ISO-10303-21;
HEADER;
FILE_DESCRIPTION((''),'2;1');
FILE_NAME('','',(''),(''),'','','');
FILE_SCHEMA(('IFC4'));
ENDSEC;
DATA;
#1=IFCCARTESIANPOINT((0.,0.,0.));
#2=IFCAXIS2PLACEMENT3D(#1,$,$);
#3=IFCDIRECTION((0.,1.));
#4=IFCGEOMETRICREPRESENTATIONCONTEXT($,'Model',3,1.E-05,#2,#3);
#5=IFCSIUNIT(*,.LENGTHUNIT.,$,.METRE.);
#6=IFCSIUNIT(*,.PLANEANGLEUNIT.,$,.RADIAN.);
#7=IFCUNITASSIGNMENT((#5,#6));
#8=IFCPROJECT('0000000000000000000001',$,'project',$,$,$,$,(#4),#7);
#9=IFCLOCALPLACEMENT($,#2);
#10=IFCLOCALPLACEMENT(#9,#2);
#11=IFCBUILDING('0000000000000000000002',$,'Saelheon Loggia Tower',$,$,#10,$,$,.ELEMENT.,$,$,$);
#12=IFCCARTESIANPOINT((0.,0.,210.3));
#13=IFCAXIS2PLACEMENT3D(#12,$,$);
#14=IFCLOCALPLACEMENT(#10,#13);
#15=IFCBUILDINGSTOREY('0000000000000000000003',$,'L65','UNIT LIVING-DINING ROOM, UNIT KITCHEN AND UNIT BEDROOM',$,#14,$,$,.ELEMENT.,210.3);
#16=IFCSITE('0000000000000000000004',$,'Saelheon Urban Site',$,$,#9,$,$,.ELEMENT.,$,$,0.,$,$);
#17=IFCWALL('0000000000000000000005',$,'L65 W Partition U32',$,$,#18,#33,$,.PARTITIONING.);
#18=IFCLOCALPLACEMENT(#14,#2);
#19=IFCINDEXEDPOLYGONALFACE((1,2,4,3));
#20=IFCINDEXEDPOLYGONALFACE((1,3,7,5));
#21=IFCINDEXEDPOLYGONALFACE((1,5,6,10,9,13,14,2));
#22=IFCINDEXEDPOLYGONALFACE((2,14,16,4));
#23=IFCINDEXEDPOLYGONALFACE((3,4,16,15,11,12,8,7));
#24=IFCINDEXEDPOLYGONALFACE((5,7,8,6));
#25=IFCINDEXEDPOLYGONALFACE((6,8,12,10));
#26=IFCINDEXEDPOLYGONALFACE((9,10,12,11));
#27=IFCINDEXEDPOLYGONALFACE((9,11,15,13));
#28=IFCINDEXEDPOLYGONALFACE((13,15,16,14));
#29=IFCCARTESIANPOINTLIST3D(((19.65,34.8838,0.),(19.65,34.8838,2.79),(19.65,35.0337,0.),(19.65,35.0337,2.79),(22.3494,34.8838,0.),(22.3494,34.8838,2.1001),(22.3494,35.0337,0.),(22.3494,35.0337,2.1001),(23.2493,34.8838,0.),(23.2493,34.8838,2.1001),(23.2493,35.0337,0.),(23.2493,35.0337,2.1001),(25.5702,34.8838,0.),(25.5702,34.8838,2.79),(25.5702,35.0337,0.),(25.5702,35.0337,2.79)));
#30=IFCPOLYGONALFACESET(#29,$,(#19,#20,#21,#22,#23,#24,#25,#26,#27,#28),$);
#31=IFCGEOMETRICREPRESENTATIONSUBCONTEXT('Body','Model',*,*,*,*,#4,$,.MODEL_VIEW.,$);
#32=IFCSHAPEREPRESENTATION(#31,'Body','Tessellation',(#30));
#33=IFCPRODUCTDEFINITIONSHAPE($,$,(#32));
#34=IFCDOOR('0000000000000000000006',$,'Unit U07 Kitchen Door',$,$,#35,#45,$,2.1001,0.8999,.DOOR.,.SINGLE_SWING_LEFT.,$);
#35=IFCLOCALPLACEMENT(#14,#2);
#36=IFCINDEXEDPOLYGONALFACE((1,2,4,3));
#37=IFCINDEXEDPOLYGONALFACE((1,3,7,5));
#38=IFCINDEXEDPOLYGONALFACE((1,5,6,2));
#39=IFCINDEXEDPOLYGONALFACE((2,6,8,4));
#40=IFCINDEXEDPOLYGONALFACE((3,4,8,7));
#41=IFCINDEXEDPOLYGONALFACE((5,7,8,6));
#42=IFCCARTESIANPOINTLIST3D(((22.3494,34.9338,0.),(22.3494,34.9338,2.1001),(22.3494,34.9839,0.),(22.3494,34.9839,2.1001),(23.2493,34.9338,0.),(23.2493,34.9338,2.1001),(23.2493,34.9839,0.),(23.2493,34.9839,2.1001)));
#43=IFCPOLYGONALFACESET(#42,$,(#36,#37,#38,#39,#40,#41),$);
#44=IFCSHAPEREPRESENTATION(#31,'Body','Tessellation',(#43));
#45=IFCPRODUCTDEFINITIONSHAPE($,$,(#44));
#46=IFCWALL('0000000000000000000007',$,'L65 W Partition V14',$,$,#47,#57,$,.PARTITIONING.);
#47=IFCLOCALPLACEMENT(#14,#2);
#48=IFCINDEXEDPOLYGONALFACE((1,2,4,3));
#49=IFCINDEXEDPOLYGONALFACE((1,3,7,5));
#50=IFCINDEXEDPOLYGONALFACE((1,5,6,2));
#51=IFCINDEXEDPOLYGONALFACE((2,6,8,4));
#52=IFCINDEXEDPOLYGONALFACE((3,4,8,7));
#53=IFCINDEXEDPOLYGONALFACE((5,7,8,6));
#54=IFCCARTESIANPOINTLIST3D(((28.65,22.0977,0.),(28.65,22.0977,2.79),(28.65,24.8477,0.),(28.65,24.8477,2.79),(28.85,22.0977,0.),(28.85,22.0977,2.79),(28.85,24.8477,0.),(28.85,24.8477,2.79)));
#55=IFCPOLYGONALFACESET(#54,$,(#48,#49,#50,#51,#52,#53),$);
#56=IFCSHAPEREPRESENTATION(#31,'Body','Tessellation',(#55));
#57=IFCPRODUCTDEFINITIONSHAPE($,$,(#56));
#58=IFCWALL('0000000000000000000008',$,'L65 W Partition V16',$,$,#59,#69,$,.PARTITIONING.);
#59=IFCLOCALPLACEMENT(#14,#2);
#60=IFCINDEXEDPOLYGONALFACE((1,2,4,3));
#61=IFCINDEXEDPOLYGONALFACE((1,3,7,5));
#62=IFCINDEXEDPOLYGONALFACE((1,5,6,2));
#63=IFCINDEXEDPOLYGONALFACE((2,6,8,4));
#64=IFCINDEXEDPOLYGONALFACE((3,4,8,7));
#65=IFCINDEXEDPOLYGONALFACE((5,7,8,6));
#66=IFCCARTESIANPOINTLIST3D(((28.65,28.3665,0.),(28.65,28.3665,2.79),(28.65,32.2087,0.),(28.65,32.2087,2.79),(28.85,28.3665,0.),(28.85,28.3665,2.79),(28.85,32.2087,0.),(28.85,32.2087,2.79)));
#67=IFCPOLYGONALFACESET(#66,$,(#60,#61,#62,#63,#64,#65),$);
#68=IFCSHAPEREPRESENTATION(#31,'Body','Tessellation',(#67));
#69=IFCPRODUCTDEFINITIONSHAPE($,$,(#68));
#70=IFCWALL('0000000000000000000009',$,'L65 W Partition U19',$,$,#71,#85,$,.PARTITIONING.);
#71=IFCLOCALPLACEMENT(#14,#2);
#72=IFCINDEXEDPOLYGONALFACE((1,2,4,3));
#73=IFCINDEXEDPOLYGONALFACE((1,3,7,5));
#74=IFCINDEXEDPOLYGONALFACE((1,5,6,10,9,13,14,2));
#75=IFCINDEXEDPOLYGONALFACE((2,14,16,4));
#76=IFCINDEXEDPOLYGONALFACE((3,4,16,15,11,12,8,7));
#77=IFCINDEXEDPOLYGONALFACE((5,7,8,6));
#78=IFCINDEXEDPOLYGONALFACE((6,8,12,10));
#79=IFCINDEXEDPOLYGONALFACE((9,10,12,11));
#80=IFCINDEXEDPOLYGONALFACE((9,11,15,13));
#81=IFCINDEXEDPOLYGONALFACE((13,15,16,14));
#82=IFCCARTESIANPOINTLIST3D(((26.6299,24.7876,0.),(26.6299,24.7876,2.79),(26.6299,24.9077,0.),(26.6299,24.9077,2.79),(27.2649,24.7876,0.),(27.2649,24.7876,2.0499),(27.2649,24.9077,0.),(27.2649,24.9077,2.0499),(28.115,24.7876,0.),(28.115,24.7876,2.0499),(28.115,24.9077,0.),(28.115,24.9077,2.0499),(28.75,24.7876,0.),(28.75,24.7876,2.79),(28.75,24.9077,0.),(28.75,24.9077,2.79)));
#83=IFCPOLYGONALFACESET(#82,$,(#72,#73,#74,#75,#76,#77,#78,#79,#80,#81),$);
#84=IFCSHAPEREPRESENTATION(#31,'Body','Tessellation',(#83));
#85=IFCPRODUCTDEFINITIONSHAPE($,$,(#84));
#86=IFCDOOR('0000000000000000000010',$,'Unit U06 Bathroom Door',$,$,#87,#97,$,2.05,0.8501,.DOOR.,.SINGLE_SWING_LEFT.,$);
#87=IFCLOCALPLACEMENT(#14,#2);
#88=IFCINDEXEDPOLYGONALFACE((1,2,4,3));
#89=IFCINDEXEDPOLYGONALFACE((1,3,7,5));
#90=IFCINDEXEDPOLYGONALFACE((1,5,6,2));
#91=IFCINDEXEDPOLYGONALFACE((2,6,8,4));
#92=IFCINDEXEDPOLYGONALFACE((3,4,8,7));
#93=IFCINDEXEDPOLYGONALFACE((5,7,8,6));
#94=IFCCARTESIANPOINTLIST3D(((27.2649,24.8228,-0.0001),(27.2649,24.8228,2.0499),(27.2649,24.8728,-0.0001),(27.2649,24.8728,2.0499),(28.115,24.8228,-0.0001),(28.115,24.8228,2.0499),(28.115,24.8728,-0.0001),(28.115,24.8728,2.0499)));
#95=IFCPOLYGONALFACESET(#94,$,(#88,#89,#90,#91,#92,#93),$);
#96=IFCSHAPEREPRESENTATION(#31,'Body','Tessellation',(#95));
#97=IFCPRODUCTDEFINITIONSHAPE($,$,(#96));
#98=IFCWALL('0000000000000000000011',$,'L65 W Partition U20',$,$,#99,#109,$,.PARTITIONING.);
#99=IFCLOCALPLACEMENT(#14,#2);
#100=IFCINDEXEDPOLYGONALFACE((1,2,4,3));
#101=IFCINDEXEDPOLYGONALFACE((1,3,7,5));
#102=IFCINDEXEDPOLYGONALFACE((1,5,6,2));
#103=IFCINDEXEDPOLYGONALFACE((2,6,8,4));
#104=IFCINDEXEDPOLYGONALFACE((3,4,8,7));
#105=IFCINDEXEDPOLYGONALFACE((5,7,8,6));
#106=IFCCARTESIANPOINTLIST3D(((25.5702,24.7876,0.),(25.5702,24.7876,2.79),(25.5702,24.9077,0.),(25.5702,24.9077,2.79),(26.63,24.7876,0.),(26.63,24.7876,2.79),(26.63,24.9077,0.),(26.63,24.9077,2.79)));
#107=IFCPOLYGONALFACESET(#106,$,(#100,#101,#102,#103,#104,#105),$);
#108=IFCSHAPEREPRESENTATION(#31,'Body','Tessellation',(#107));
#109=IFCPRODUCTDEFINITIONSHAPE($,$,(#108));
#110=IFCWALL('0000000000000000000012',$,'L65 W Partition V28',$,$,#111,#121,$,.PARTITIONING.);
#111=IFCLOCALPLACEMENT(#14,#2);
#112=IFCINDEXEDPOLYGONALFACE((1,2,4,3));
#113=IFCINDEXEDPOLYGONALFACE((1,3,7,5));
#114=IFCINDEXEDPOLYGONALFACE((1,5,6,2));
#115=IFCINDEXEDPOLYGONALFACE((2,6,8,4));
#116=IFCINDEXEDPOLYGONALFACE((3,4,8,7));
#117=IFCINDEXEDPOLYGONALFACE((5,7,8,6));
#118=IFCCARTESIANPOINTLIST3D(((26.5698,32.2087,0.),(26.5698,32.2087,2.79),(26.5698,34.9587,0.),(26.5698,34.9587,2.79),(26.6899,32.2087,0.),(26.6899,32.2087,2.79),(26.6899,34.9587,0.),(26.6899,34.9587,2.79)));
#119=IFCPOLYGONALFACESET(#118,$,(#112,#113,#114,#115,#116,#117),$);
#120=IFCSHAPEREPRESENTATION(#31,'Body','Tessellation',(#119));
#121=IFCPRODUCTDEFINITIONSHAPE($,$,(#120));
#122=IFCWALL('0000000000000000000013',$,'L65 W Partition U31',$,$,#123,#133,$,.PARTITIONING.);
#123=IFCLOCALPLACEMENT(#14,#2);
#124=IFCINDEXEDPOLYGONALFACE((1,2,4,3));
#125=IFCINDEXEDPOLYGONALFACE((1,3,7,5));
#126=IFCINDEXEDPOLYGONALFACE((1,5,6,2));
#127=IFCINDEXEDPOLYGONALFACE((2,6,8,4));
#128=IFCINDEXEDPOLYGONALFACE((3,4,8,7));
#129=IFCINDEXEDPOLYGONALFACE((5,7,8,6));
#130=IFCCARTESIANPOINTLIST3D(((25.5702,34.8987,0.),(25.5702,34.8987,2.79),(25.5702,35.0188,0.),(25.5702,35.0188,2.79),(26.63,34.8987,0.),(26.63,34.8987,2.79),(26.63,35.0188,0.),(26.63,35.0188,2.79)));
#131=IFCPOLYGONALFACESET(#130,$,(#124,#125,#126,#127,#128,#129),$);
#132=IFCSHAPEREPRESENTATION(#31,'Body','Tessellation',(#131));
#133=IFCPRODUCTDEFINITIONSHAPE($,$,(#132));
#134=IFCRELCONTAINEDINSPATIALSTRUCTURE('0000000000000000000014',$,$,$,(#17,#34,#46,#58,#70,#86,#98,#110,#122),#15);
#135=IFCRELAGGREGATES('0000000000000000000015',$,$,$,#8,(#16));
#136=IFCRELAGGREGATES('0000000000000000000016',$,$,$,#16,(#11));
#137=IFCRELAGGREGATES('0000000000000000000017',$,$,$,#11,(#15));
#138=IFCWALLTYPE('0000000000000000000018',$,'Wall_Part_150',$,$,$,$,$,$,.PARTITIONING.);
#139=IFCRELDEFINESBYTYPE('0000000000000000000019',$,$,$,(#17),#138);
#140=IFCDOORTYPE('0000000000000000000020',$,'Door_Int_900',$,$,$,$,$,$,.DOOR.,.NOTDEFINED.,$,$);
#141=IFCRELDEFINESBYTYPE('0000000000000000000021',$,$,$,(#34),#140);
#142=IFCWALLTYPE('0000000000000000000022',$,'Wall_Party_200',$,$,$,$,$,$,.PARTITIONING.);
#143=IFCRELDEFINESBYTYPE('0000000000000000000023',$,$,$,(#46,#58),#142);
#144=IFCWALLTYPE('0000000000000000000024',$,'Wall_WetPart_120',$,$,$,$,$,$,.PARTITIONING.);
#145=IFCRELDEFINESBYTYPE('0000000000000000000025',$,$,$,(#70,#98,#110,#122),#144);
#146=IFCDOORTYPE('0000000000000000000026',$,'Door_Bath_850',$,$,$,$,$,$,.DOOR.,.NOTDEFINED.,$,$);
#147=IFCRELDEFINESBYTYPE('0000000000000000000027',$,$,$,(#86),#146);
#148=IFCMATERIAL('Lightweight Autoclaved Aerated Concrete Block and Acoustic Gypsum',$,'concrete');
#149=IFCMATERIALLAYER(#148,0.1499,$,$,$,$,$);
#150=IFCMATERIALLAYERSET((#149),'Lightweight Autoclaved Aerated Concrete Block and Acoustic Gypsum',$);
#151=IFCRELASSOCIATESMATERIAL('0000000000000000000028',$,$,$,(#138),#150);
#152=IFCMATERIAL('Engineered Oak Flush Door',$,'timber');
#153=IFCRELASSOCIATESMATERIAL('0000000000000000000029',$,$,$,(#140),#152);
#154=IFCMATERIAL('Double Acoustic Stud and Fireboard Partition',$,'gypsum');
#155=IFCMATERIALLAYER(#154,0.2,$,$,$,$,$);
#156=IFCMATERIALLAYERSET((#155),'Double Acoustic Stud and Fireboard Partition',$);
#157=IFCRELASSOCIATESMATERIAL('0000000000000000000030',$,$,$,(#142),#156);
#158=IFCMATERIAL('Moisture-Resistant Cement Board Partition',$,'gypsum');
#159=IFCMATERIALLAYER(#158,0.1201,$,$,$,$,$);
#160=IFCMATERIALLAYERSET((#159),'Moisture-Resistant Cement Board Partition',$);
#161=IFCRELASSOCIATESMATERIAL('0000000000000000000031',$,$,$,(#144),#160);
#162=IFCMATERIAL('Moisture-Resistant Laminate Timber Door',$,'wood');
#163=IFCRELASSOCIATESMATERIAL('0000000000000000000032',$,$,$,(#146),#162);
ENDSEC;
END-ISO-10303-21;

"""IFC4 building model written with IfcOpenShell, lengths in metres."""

from ifc_helpers import new_model, si_unit, direction, frame, frame_2d, origin, place, context, subcontext, project, spatial, rectangle, extrude, source, transform, mapped, material, layer, layer_set, type_object, element, fill, save


model = new_model("IFC4")

# Units and contexts
model_context = context("Model", 3, precision=1e-05, world=origin(), true_north=direction((0.0, 1.0)))
body_context = subcontext(model_context, "Body", "Model", "MODEL_VIEW")
ifc_project = project(units=[si_unit("LENGTHUNIT", "METRE"), si_unit("PLANEANGLEUNIT", "RADIAN")], contexts=[model_context])

# Site, building, storey
site_placement = place(None, origin())
site = spatial("IfcSite", under=ifc_project, at=site_placement, Name="Saelheon Urban Site", CompositionType="ELEMENT", RefElevation=0.0)
building_placement = place(site_placement, origin())
building = spatial("IfcBuilding", under=site, at=building_placement, Name="Saelheon Loggia Tower", CompositionType="ELEMENT")
storey_placement = place(building_placement, frame((0.0, 0.0, 210.3)))
storey = spatial("IfcBuildingStorey", under=building, at=storey_placement, Name="L65", Description="UNIT LIVING-DINING ROOM, UNIT KITCHEN AND UNIT BEDROOM", CompositionType="ELEMENT", Elevation=210.3)

# Shared definitions
ifc_material_1 = material(Name="Lightweight Autoclaved Aerated Concrete Block and Acoustic Gypsum", Category="concrete")
ifc_layer_1 = layer(ifc_material_1, 0.1499)
ifc_layer_set_1 = layer_set([ifc_layer_1], Name="Lightweight Autoclaved Aerated Concrete Block and Acoustic Gypsum")
wall_type_1 = type_object("IfcWallType", Name="Wall_Part_150", PredefinedType="PARTITIONING", material=ifc_layer_set_1)

# Wall, opening, door
ifc_material_2 = material(Name="Engineered Oak Flush Door", Category="timber")
door_type_1 = type_object("IfcDoorType", Name="Door_Int_900", OperationType="NOTDEFINED", PredefinedType="DOOR", material=ifc_material_2)
shared_shape_1 = source(origin(), body_context, "Body", "SweptSolid", [
    extrude(rectangle(XDim=0.8999, YDim=2.1001, at=frame_2d((0.45, 1.05))), frame((0.0, 0.0249, 0.0), z_axis=(0.0, -1.0, 0.0), x_axis=(1.0, 0.0, 0.0)), (0.0, 0.0, 1.0), 0.05),
])
wall_1_placement = place(storey_placement, frame((25.5701, 34.9587, 0.0), z_axis=(0.0, 0.0, 1.0), x_axis=(-1.0, 0.0, 0.0)))
wall_1 = element("IfcWall", 1, at=wall_1_placement, inside=storey, type_object=wall_type_1, Name="L65 W Partition U32", PredefinedType="PARTITIONING", context=body_context, shape_type="SweptSolid", body=[
    extrude(rectangle(XDim=5.9202, YDim=0.1499, at=frame_2d((2.96, 0.0))), origin(), (0.0, 0.0, 1.0), 2.79),
])
opening_1_placement = place(wall_1_placement, frame((2.3208, 0.0, 0.0)))
opening_1 = element("IfcOpeningElement", 2, at=opening_1_placement, cuts=wall_1, PredefinedType="OPENING", context=body_context, shape_type="SweptSolid", body=[
    extrude(rectangle(XDim=0.8999, YDim=2.1001, at=frame_2d((0.45, 1.05))), frame((0.0, 0.0869, 0.0), z_axis=(0.0, -1.0, 0.0), x_axis=(1.0, 0.0, 0.0)), (0.0, 0.0, 1.0), 0.1738),
])
door_1_placement = place(opening_1_placement, origin())
door_1 = element("IfcDoor", 3, at=door_1_placement, inside=storey, type_object=door_type_1, Name="Unit U07 Kitchen Door", OperationType="SINGLE_SWING_LEFT", OverallHeight=2.1001, OverallWidth=0.8999, PredefinedType="DOOR", context=body_context, shape_type="MappedRepresentation", body=[
    mapped(shared_shape_1, transform((0.0, 0.0, 0.0), scale=1.0)),
])
fill(opening_1, door_1)

# Wall
ifc_material_3 = material(Name="Double Acoustic Stud and Fireboard Partition", Category="gypsum")
ifc_layer_2 = layer(ifc_material_3, 0.2)
ifc_layer_set_2 = layer_set([ifc_layer_2], Name="Double Acoustic Stud and Fireboard Partition")
wall_type_2 = type_object("IfcWallType", Name="Wall_Party_200", PredefinedType="PARTITIONING", material=ifc_layer_set_2)
wall_2_placement = place(storey_placement, frame((28.75, 22.0977, 0.0), z_axis=(0.0, 0.0, 1.0), x_axis=(0.0, 1.0, 0.0)))
element("IfcWall", 4, at=wall_2_placement, inside=storey, type_object=wall_type_2, Name="L65 W Partition V14", PredefinedType="PARTITIONING", context=body_context, shape_type="SweptSolid", body=[
    extrude(rectangle(XDim=2.75, YDim=0.2, at=frame_2d((1.375, 0.0))), origin(), (0.0, 0.0, 1.0), 2.79),
])

# Wall
wall_3_placement = place(storey_placement, frame((28.75, 28.3665, 0.0), z_axis=(0.0, 0.0, 1.0), x_axis=(0.0, 1.0, 0.0)))
element("IfcWall", 5, at=wall_3_placement, inside=storey, type_object=wall_type_2, Name="L65 W Partition V16", PredefinedType="PARTITIONING", context=body_context, shape_type="SweptSolid", body=[
    extrude(rectangle(XDim=3.8423, YDim=0.2, at=frame_2d((1.9211, 0.0))), origin(), (0.0, 0.0, 1.0), 2.79),
])

# Wall, opening, door
ifc_material_4 = material(Name="Moisture-Resistant Cement Board Partition", Category="gypsum")
ifc_layer_3 = layer(ifc_material_4, 0.1201)
ifc_layer_set_3 = layer_set([ifc_layer_3], Name="Moisture-Resistant Cement Board Partition")
wall_type_3 = type_object("IfcWallType", Name="Wall_WetPart_120", PredefinedType="PARTITIONING", material=ifc_layer_set_3)
wall_4_placement = place(storey_placement, frame((28.75, 24.8477, 0.0), z_axis=(0.0, 0.0, 1.0), x_axis=(-1.0, 0.0, 0.0)))
wall_4 = element("IfcWall", 6, at=wall_4_placement, inside=storey, type_object=wall_type_3, Name="L65 W Partition U19", PredefinedType="PARTITIONING", context=body_context, shape_type="SweptSolid", body=[
    extrude(rectangle(XDim=2.1201, YDim=0.1201, at=frame_2d((1.0601, 0.0))), origin(), (0.0, 0.0, 1.0), 2.79),
])
opening_2_placement = place(wall_4_placement, frame((0.635, 0.0, 0.0)))
opening_2 = element("IfcOpeningElement", 7, at=opening_2_placement, cuts=wall_4, PredefinedType="OPENING", context=body_context, shape_type="SweptSolid", body=[
    extrude(rectangle(XDim=0.8501, YDim=2.05, at=frame_2d((0.425, 1.0249))), frame((0.0, 0.072, 0.0), z_axis=(0.0, -1.0, 0.0), x_axis=(1.0, 0.0, 0.0)), (0.0, 0.0, 1.0), 0.144),
])
ifc_material_5 = material(Name="Moisture-Resistant Laminate Timber Door", Category="wood")
door_type_2 = type_object("IfcDoorType", Name="Door_Bath_850", OperationType="NOTDEFINED", PredefinedType="DOOR", material=ifc_material_5)
shared_shape_2 = source(origin(), body_context, "Body", "SweptSolid", [
    extrude(rectangle(XDim=0.8501, YDim=2.05, at=frame_2d((0.425, 1.0249))), frame((0.0, 0.0249, 0.0), z_axis=(0.0, -1.0, 0.0), x_axis=(1.0, 0.0, 0.0)), (0.0, 0.0, 1.0), 0.05),
])
door_2_placement = place(opening_2_placement, origin())
door_2 = element("IfcDoor", 8, at=door_2_placement, inside=storey, type_object=door_type_2, Name="Unit U06 Bathroom Door", OperationType="SINGLE_SWING_LEFT", OverallHeight=2.05, OverallWidth=0.8501, PredefinedType="DOOR", context=body_context, shape_type="MappedRepresentation", body=[
    mapped(shared_shape_2, transform((0.0, 0.0, 0.0), scale=1.0)),
])
fill(opening_2, door_2)

# Walls
wall_5_placement = place(storey_placement, frame((26.6299, 24.8477, 0.0), z_axis=(0.0, 0.0, 1.0), x_axis=(-1.0, 0.0, 0.0)))
element("IfcWall", 9, at=wall_5_placement, inside=storey, type_object=wall_type_3, Name="L65 W Partition U20", PredefinedType="PARTITIONING", context=body_context, shape_type="SweptSolid", body=[
    extrude(rectangle(XDim=1.0598, YDim=0.1201, at=frame_2d((0.5298, 0.0))), origin(), (0.0, 0.0, 1.0), 2.79),
])
wall_6_placement = place(storey_placement, frame((26.6299, 32.2087, 0.0), z_axis=(0.0, 0.0, 1.0), x_axis=(0.0, 1.0, 0.0)))
element("IfcWall", 10, at=wall_6_placement, inside=storey, type_object=wall_type_3, Name="L65 W Partition V28", PredefinedType="PARTITIONING", context=body_context, shape_type="SweptSolid", body=[
    extrude(rectangle(XDim=2.75, YDim=0.1201, at=frame_2d((1.375, 0.0))), origin(), (0.0, 0.0, 1.0), 2.79),
])
wall_7_placement = place(storey_placement, frame((26.6299, 34.9587, 0.0), z_axis=(0.0, 0.0, 1.0), x_axis=(-1.0, 0.0, 0.0)))
element("IfcWall", 11, at=wall_7_placement, inside=storey, type_object=wall_type_3, Name="L65 W Partition U31", PredefinedType="PARTITIONING", context=body_context, shape_type="SweptSolid", body=[
    extrude(rectangle(XDim=1.0598, YDim=0.1201, at=frame_2d((0.5298, 0.0))), origin(), (0.0, 0.0, 1.0), 2.79),
])

save(model, "model.ifc")
